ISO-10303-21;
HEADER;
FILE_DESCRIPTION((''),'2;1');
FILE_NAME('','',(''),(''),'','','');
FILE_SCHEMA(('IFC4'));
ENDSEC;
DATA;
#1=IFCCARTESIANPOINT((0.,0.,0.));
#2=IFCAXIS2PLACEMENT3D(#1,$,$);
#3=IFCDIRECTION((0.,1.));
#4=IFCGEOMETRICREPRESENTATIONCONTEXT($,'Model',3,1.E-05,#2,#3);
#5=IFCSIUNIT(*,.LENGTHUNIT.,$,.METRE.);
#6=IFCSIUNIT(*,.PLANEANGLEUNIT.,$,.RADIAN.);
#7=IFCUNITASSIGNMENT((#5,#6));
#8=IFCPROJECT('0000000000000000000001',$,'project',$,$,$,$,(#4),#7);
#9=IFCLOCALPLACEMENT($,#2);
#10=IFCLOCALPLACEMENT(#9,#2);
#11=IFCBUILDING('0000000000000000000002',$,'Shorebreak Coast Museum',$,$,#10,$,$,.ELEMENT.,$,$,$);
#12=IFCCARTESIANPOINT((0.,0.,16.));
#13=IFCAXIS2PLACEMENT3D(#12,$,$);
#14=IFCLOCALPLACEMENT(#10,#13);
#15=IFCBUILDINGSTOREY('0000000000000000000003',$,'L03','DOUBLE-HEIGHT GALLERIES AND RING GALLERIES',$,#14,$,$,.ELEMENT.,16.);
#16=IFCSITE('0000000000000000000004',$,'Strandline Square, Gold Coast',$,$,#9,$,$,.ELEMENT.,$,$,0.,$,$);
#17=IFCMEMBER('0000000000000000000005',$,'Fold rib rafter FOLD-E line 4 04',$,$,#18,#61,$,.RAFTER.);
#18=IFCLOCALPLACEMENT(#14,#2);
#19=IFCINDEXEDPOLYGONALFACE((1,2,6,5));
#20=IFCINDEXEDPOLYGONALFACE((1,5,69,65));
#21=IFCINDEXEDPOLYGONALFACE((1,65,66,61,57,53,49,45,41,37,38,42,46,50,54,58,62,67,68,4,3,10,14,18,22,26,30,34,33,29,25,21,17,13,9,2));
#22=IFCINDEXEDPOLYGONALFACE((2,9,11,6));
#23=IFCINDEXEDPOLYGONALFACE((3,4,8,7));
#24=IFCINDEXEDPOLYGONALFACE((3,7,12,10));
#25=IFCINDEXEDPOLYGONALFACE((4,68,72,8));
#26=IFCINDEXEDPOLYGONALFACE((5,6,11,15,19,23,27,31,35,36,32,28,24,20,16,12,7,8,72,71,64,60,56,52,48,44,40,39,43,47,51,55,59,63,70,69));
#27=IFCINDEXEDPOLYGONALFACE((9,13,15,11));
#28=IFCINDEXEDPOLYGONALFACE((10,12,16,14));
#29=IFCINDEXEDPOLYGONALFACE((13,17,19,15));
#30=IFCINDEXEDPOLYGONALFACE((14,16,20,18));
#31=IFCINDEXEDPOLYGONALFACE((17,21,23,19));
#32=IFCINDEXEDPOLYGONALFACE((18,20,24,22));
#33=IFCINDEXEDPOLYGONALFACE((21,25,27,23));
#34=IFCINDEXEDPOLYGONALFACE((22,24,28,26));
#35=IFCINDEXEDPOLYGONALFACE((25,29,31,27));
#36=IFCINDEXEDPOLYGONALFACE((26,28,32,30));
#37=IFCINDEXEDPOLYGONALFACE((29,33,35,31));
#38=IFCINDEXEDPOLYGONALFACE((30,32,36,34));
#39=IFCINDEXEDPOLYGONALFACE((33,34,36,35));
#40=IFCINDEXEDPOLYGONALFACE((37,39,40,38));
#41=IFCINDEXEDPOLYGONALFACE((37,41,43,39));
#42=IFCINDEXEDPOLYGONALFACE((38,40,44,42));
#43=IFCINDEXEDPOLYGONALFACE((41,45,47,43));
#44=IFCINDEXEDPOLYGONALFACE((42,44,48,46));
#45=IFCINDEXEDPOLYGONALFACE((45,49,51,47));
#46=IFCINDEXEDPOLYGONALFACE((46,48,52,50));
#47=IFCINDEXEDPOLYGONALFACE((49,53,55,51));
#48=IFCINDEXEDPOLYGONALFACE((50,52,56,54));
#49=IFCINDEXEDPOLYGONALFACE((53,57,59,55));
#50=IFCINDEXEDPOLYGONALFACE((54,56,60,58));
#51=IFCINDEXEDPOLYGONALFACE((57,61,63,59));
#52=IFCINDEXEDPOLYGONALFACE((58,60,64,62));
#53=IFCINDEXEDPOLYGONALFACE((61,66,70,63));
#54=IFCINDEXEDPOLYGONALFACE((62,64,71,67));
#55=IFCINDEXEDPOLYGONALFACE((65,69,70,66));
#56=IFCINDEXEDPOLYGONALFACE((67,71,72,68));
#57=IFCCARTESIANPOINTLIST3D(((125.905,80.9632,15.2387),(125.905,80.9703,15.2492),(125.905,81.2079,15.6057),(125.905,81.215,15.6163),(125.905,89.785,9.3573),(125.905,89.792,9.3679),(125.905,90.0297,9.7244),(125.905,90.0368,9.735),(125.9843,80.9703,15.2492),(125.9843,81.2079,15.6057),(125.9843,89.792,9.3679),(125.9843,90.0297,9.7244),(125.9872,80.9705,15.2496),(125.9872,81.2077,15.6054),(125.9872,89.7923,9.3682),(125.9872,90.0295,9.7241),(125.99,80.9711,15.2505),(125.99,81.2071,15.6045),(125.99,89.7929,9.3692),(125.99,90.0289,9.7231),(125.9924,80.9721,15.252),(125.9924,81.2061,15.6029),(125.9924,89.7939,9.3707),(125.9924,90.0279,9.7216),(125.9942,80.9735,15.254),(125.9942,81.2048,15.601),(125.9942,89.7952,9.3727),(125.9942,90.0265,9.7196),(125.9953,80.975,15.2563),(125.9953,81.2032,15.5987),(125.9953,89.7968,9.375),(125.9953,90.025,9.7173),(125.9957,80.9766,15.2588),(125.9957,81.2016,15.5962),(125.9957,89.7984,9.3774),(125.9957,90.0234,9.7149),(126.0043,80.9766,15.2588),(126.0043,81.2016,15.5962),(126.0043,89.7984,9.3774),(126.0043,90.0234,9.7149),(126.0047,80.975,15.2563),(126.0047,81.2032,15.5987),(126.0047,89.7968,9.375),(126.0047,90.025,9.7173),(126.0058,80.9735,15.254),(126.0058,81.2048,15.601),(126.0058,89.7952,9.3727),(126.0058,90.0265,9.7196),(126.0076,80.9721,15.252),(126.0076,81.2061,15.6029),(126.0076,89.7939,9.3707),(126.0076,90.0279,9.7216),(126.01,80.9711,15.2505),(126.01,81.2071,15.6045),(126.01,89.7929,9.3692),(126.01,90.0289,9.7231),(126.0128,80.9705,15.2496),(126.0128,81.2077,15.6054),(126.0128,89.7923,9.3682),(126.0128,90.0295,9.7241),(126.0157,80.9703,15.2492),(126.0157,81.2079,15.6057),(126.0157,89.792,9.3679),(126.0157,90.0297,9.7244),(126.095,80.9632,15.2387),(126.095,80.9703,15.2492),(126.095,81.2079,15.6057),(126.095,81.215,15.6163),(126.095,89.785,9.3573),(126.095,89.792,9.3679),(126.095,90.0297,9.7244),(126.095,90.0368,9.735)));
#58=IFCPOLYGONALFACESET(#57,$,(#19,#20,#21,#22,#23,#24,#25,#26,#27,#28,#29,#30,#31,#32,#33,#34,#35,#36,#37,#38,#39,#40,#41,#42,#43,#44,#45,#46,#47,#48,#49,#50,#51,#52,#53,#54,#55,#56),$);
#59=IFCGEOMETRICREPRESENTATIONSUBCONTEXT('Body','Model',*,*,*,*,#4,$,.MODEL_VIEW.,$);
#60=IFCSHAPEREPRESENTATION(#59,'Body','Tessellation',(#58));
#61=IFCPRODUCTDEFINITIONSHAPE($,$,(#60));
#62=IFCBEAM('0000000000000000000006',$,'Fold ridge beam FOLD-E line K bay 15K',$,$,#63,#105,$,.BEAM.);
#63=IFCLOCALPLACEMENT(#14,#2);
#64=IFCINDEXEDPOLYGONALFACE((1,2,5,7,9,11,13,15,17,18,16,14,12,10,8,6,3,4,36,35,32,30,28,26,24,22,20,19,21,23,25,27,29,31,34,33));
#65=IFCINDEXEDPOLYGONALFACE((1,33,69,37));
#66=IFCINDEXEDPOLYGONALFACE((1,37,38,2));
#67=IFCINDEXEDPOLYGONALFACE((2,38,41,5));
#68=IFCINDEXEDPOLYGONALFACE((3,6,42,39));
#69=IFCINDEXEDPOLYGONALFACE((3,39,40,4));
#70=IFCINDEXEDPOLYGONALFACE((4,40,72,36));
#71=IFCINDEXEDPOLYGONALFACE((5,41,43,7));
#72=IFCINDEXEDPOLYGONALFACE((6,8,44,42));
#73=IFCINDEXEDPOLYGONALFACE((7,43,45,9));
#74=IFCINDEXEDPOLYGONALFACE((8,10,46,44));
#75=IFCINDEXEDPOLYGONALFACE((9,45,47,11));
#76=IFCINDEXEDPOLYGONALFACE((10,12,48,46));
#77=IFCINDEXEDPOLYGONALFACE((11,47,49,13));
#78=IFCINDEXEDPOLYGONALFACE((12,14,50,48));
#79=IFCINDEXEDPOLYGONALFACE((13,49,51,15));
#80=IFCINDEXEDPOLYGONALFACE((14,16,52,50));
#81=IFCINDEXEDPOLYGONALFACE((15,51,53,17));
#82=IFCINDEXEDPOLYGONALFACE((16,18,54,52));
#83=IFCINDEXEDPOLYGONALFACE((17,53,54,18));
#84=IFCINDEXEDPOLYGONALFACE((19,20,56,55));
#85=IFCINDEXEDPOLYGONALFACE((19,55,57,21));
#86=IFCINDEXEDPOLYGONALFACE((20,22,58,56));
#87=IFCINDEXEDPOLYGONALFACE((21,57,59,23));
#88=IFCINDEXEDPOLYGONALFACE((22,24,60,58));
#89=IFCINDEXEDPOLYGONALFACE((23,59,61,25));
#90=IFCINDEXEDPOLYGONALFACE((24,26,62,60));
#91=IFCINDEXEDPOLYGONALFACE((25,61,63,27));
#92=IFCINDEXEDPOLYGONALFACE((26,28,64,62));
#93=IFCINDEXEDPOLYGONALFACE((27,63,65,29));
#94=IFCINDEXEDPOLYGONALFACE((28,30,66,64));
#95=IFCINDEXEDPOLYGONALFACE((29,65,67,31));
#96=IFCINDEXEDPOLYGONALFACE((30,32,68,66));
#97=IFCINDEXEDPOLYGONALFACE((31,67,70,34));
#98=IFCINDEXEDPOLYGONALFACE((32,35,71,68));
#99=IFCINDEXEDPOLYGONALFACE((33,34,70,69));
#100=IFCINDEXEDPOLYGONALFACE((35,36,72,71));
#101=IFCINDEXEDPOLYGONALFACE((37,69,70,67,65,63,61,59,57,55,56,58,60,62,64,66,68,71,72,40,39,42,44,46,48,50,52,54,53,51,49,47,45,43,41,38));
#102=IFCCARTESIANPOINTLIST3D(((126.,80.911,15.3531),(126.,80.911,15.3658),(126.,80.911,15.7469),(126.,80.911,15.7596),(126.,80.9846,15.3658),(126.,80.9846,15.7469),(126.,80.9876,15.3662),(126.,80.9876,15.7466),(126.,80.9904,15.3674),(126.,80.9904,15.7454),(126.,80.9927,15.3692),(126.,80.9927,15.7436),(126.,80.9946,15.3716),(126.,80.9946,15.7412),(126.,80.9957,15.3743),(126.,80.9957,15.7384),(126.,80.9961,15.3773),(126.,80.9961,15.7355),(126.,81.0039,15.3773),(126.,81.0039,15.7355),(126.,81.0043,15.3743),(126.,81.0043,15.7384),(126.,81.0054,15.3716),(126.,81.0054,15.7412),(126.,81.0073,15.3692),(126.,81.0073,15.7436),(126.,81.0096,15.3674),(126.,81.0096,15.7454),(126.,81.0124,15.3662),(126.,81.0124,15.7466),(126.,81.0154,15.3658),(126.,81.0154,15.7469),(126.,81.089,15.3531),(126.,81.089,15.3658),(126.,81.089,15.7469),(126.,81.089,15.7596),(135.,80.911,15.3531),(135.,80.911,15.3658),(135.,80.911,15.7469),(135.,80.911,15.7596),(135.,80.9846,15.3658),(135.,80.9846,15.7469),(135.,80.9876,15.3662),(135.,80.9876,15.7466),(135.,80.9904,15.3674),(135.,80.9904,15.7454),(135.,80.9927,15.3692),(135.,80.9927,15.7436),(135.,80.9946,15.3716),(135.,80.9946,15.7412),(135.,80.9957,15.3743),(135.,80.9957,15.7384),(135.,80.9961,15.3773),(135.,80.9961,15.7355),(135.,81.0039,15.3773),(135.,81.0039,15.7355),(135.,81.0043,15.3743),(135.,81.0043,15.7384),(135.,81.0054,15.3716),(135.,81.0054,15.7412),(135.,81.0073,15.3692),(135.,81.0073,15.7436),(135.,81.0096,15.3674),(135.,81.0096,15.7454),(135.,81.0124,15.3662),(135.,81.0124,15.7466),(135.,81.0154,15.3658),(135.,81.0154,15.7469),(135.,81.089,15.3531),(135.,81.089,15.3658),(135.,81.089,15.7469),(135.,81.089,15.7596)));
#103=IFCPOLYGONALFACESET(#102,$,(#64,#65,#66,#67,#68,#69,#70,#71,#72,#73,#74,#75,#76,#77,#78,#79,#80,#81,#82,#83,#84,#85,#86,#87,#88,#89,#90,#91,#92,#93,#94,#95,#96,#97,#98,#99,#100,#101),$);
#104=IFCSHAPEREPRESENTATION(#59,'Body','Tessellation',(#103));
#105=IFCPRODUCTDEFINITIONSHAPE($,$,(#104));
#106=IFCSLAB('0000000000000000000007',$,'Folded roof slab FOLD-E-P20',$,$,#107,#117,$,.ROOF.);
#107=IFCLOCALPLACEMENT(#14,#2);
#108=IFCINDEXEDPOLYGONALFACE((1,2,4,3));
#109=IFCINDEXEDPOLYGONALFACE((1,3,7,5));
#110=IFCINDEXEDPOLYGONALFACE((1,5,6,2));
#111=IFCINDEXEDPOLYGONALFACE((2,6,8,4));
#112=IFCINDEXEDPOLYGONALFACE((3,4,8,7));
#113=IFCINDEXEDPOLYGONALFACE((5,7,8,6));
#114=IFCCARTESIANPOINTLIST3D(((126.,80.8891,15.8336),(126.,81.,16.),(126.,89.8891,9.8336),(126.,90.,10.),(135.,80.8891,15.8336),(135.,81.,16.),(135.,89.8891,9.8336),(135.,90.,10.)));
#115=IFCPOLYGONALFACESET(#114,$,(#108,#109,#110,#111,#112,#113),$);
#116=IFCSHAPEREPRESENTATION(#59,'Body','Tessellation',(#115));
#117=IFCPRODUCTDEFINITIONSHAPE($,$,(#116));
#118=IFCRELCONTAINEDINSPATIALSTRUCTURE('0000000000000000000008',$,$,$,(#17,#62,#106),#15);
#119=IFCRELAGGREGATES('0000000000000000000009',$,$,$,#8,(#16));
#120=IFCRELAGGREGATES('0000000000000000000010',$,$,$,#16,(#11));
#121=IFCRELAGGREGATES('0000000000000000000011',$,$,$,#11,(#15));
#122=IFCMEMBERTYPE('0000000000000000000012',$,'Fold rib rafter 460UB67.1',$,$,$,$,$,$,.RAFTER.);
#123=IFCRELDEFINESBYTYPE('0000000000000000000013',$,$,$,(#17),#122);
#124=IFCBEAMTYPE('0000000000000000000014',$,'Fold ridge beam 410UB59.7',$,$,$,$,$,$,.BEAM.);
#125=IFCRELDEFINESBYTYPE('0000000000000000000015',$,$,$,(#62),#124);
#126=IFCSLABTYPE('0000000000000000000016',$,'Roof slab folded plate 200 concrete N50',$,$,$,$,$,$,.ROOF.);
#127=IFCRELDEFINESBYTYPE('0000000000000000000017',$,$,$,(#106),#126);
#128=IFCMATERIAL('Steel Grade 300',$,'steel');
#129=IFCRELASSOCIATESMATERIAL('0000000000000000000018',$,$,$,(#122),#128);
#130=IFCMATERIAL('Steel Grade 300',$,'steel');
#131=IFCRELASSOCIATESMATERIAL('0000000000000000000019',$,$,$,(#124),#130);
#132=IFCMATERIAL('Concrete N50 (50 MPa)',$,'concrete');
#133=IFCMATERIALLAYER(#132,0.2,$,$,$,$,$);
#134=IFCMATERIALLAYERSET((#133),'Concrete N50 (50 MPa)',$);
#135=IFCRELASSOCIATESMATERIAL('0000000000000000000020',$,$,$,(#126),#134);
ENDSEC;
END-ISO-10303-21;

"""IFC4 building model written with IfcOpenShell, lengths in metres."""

from ifc_helpers import new_model, si_unit, direction, frame, origin, origin_2d, place, context, subcontext, project, spatial, polyline, i_section, outline, extrude, material, layer, layer_set, material_profile, profile_set, type_object, element, save


model = new_model("IFC4")

# Units and contexts
model_context = context("Model", 3, precision=1e-05, world=origin(), true_north=direction((0.0, 1.0)))
body_context = subcontext(model_context, "Body", "Model", "MODEL_VIEW")
ifc_project = project(units=[si_unit("LENGTHUNIT", "METRE"), si_unit("PLANEANGLEUNIT", "RADIAN")], contexts=[model_context])

# Site, building, storey
site_placement = place(None, origin())
site = spatial("IfcSite", under=ifc_project, at=site_placement, Name="Strandline Square, Gold Coast", CompositionType="ELEMENT", RefElevation=0.0)
building_placement = place(site_placement, origin())
building = spatial("IfcBuilding", under=site, at=building_placement, Name="Shorebreak Coast Museum", CompositionType="ELEMENT")
storey_placement = place(building_placement, frame((0.0, 0.0, 16.0)))
storey = spatial("IfcBuildingStorey", under=building, at=storey_placement, Name="L03", Description="DOUBLE-HEIGHT GALLERIES AND RING GALLERIES", CompositionType="ELEMENT", Elevation=16.0)

# Member
ifc_material_1 = material(Name="Steel Grade 300", Category="steel")
ifc_material_profile_1 = material_profile(ifc_material_1, i_section(OverallWidth=0.1899, OverallDepth=0.4539, WebThickness=0.0085, FlangeThickness=0.0127, FilletRadius=0.0115, at=origin_2d()), Name="460UB67.1")
ifc_profile_set_1 = profile_set([ifc_material_profile_1], Name="Steel Grade 300")
member_type_1 = type_object("IfcMemberType", Name="Fold rib rafter 460UB67.1", PredefinedType="RAFTER", material=ifc_profile_set_1)
for number, where, z_axis, x_axis, name in (
    (1, (126.0, 81.0891, 15.4275), (0.0, 0.832043, -0.554711), (-1.0, 0.0, 0.0), "Fold rib rafter FOLD-E line 4 04"),
):
    element("IfcMember", number, at=place(storey_placement, frame(where, z_axis=z_axis, x_axis=x_axis)), inside=storey, type_object=member_type_1, Name=name, PredefinedType="RAFTER", context=body_context, shape_type="SweptSolid", body=[
        extrude(i_section(OverallWidth=0.1899, OverallDepth=0.4539, WebThickness=0.0085, FlangeThickness=0.0127, FilletRadius=0.0115, at=origin_2d()), origin(), (0.0, 0.0, 1.0), 10.6025),
    ])

# Beam
ifc_material_2 = material(Name="Steel Grade 300", Category="steel")
ifc_material_profile_2 = material_profile(ifc_material_2, i_section(OverallWidth=0.178, OverallDepth=0.4065, WebThickness=0.0078, FlangeThickness=0.0127, FilletRadius=0.0115, at=origin_2d()), Name="410UB59.7")
ifc_profile_set_2 = profile_set([ifc_material_profile_2], Name="Steel Grade 300")
beam_type = type_object("IfcBeamType", Name="Fold ridge beam 410UB59.7", PredefinedType="BEAM", material=ifc_profile_set_2)
beam_placement = place(storey_placement, frame((126.0, 81.0, 15.5564), z_axis=(1.0, 0.0, 0.0), x_axis=(0.0, 1.0, 0.0)))
element("IfcBeam", 2, at=beam_placement, inside=storey, type_object=beam_type, Name="Fold ridge beam FOLD-E line K bay 15K", PredefinedType="BEAM", context=body_context, shape_type="SweptSolid", body=[
    extrude(i_section(OverallWidth=0.178, OverallDepth=0.4065, WebThickness=0.0078, FlangeThickness=0.0127, FilletRadius=0.0115, at=origin_2d()), origin(), (0.0, 0.0, 1.0), 9.0),
])

# Slab
ifc_material_3 = material(Name="Concrete N50 (50 MPa)", Category="concrete")
ifc_layer = layer(ifc_material_3, 0.2)
ifc_layer_set = layer_set([ifc_layer], Name="Concrete N50 (50 MPa)")
slab_type = type_object("IfcSlabType", Name="Roof slab folded plate 200 concrete N50", PredefinedType="ROOF", material=ifc_layer_set)
slab_placement = place(storey_placement, frame((126.0, 81.0, 16.0), z_axis=(0.0, 0.5547, 0.83205), x_axis=(1.0, 0.0, 0.0)))
element("IfcSlab", 3, at=slab_placement, inside=storey, type_object=slab_type, Name="Folded roof slab FOLD-E-P20", PredefinedType="ROOF", context=body_context, shape_type="SweptSolid", body=[
    extrude(outline(polyline([(0.0, 0.0), (9.0, 0.0), (9.0, 10.8167), (0.0, 10.8167), (0.0, 0.0)])), origin(), (0.0, 0.0, -1.0), 0.2),
])

save(model, "model.ifc")
